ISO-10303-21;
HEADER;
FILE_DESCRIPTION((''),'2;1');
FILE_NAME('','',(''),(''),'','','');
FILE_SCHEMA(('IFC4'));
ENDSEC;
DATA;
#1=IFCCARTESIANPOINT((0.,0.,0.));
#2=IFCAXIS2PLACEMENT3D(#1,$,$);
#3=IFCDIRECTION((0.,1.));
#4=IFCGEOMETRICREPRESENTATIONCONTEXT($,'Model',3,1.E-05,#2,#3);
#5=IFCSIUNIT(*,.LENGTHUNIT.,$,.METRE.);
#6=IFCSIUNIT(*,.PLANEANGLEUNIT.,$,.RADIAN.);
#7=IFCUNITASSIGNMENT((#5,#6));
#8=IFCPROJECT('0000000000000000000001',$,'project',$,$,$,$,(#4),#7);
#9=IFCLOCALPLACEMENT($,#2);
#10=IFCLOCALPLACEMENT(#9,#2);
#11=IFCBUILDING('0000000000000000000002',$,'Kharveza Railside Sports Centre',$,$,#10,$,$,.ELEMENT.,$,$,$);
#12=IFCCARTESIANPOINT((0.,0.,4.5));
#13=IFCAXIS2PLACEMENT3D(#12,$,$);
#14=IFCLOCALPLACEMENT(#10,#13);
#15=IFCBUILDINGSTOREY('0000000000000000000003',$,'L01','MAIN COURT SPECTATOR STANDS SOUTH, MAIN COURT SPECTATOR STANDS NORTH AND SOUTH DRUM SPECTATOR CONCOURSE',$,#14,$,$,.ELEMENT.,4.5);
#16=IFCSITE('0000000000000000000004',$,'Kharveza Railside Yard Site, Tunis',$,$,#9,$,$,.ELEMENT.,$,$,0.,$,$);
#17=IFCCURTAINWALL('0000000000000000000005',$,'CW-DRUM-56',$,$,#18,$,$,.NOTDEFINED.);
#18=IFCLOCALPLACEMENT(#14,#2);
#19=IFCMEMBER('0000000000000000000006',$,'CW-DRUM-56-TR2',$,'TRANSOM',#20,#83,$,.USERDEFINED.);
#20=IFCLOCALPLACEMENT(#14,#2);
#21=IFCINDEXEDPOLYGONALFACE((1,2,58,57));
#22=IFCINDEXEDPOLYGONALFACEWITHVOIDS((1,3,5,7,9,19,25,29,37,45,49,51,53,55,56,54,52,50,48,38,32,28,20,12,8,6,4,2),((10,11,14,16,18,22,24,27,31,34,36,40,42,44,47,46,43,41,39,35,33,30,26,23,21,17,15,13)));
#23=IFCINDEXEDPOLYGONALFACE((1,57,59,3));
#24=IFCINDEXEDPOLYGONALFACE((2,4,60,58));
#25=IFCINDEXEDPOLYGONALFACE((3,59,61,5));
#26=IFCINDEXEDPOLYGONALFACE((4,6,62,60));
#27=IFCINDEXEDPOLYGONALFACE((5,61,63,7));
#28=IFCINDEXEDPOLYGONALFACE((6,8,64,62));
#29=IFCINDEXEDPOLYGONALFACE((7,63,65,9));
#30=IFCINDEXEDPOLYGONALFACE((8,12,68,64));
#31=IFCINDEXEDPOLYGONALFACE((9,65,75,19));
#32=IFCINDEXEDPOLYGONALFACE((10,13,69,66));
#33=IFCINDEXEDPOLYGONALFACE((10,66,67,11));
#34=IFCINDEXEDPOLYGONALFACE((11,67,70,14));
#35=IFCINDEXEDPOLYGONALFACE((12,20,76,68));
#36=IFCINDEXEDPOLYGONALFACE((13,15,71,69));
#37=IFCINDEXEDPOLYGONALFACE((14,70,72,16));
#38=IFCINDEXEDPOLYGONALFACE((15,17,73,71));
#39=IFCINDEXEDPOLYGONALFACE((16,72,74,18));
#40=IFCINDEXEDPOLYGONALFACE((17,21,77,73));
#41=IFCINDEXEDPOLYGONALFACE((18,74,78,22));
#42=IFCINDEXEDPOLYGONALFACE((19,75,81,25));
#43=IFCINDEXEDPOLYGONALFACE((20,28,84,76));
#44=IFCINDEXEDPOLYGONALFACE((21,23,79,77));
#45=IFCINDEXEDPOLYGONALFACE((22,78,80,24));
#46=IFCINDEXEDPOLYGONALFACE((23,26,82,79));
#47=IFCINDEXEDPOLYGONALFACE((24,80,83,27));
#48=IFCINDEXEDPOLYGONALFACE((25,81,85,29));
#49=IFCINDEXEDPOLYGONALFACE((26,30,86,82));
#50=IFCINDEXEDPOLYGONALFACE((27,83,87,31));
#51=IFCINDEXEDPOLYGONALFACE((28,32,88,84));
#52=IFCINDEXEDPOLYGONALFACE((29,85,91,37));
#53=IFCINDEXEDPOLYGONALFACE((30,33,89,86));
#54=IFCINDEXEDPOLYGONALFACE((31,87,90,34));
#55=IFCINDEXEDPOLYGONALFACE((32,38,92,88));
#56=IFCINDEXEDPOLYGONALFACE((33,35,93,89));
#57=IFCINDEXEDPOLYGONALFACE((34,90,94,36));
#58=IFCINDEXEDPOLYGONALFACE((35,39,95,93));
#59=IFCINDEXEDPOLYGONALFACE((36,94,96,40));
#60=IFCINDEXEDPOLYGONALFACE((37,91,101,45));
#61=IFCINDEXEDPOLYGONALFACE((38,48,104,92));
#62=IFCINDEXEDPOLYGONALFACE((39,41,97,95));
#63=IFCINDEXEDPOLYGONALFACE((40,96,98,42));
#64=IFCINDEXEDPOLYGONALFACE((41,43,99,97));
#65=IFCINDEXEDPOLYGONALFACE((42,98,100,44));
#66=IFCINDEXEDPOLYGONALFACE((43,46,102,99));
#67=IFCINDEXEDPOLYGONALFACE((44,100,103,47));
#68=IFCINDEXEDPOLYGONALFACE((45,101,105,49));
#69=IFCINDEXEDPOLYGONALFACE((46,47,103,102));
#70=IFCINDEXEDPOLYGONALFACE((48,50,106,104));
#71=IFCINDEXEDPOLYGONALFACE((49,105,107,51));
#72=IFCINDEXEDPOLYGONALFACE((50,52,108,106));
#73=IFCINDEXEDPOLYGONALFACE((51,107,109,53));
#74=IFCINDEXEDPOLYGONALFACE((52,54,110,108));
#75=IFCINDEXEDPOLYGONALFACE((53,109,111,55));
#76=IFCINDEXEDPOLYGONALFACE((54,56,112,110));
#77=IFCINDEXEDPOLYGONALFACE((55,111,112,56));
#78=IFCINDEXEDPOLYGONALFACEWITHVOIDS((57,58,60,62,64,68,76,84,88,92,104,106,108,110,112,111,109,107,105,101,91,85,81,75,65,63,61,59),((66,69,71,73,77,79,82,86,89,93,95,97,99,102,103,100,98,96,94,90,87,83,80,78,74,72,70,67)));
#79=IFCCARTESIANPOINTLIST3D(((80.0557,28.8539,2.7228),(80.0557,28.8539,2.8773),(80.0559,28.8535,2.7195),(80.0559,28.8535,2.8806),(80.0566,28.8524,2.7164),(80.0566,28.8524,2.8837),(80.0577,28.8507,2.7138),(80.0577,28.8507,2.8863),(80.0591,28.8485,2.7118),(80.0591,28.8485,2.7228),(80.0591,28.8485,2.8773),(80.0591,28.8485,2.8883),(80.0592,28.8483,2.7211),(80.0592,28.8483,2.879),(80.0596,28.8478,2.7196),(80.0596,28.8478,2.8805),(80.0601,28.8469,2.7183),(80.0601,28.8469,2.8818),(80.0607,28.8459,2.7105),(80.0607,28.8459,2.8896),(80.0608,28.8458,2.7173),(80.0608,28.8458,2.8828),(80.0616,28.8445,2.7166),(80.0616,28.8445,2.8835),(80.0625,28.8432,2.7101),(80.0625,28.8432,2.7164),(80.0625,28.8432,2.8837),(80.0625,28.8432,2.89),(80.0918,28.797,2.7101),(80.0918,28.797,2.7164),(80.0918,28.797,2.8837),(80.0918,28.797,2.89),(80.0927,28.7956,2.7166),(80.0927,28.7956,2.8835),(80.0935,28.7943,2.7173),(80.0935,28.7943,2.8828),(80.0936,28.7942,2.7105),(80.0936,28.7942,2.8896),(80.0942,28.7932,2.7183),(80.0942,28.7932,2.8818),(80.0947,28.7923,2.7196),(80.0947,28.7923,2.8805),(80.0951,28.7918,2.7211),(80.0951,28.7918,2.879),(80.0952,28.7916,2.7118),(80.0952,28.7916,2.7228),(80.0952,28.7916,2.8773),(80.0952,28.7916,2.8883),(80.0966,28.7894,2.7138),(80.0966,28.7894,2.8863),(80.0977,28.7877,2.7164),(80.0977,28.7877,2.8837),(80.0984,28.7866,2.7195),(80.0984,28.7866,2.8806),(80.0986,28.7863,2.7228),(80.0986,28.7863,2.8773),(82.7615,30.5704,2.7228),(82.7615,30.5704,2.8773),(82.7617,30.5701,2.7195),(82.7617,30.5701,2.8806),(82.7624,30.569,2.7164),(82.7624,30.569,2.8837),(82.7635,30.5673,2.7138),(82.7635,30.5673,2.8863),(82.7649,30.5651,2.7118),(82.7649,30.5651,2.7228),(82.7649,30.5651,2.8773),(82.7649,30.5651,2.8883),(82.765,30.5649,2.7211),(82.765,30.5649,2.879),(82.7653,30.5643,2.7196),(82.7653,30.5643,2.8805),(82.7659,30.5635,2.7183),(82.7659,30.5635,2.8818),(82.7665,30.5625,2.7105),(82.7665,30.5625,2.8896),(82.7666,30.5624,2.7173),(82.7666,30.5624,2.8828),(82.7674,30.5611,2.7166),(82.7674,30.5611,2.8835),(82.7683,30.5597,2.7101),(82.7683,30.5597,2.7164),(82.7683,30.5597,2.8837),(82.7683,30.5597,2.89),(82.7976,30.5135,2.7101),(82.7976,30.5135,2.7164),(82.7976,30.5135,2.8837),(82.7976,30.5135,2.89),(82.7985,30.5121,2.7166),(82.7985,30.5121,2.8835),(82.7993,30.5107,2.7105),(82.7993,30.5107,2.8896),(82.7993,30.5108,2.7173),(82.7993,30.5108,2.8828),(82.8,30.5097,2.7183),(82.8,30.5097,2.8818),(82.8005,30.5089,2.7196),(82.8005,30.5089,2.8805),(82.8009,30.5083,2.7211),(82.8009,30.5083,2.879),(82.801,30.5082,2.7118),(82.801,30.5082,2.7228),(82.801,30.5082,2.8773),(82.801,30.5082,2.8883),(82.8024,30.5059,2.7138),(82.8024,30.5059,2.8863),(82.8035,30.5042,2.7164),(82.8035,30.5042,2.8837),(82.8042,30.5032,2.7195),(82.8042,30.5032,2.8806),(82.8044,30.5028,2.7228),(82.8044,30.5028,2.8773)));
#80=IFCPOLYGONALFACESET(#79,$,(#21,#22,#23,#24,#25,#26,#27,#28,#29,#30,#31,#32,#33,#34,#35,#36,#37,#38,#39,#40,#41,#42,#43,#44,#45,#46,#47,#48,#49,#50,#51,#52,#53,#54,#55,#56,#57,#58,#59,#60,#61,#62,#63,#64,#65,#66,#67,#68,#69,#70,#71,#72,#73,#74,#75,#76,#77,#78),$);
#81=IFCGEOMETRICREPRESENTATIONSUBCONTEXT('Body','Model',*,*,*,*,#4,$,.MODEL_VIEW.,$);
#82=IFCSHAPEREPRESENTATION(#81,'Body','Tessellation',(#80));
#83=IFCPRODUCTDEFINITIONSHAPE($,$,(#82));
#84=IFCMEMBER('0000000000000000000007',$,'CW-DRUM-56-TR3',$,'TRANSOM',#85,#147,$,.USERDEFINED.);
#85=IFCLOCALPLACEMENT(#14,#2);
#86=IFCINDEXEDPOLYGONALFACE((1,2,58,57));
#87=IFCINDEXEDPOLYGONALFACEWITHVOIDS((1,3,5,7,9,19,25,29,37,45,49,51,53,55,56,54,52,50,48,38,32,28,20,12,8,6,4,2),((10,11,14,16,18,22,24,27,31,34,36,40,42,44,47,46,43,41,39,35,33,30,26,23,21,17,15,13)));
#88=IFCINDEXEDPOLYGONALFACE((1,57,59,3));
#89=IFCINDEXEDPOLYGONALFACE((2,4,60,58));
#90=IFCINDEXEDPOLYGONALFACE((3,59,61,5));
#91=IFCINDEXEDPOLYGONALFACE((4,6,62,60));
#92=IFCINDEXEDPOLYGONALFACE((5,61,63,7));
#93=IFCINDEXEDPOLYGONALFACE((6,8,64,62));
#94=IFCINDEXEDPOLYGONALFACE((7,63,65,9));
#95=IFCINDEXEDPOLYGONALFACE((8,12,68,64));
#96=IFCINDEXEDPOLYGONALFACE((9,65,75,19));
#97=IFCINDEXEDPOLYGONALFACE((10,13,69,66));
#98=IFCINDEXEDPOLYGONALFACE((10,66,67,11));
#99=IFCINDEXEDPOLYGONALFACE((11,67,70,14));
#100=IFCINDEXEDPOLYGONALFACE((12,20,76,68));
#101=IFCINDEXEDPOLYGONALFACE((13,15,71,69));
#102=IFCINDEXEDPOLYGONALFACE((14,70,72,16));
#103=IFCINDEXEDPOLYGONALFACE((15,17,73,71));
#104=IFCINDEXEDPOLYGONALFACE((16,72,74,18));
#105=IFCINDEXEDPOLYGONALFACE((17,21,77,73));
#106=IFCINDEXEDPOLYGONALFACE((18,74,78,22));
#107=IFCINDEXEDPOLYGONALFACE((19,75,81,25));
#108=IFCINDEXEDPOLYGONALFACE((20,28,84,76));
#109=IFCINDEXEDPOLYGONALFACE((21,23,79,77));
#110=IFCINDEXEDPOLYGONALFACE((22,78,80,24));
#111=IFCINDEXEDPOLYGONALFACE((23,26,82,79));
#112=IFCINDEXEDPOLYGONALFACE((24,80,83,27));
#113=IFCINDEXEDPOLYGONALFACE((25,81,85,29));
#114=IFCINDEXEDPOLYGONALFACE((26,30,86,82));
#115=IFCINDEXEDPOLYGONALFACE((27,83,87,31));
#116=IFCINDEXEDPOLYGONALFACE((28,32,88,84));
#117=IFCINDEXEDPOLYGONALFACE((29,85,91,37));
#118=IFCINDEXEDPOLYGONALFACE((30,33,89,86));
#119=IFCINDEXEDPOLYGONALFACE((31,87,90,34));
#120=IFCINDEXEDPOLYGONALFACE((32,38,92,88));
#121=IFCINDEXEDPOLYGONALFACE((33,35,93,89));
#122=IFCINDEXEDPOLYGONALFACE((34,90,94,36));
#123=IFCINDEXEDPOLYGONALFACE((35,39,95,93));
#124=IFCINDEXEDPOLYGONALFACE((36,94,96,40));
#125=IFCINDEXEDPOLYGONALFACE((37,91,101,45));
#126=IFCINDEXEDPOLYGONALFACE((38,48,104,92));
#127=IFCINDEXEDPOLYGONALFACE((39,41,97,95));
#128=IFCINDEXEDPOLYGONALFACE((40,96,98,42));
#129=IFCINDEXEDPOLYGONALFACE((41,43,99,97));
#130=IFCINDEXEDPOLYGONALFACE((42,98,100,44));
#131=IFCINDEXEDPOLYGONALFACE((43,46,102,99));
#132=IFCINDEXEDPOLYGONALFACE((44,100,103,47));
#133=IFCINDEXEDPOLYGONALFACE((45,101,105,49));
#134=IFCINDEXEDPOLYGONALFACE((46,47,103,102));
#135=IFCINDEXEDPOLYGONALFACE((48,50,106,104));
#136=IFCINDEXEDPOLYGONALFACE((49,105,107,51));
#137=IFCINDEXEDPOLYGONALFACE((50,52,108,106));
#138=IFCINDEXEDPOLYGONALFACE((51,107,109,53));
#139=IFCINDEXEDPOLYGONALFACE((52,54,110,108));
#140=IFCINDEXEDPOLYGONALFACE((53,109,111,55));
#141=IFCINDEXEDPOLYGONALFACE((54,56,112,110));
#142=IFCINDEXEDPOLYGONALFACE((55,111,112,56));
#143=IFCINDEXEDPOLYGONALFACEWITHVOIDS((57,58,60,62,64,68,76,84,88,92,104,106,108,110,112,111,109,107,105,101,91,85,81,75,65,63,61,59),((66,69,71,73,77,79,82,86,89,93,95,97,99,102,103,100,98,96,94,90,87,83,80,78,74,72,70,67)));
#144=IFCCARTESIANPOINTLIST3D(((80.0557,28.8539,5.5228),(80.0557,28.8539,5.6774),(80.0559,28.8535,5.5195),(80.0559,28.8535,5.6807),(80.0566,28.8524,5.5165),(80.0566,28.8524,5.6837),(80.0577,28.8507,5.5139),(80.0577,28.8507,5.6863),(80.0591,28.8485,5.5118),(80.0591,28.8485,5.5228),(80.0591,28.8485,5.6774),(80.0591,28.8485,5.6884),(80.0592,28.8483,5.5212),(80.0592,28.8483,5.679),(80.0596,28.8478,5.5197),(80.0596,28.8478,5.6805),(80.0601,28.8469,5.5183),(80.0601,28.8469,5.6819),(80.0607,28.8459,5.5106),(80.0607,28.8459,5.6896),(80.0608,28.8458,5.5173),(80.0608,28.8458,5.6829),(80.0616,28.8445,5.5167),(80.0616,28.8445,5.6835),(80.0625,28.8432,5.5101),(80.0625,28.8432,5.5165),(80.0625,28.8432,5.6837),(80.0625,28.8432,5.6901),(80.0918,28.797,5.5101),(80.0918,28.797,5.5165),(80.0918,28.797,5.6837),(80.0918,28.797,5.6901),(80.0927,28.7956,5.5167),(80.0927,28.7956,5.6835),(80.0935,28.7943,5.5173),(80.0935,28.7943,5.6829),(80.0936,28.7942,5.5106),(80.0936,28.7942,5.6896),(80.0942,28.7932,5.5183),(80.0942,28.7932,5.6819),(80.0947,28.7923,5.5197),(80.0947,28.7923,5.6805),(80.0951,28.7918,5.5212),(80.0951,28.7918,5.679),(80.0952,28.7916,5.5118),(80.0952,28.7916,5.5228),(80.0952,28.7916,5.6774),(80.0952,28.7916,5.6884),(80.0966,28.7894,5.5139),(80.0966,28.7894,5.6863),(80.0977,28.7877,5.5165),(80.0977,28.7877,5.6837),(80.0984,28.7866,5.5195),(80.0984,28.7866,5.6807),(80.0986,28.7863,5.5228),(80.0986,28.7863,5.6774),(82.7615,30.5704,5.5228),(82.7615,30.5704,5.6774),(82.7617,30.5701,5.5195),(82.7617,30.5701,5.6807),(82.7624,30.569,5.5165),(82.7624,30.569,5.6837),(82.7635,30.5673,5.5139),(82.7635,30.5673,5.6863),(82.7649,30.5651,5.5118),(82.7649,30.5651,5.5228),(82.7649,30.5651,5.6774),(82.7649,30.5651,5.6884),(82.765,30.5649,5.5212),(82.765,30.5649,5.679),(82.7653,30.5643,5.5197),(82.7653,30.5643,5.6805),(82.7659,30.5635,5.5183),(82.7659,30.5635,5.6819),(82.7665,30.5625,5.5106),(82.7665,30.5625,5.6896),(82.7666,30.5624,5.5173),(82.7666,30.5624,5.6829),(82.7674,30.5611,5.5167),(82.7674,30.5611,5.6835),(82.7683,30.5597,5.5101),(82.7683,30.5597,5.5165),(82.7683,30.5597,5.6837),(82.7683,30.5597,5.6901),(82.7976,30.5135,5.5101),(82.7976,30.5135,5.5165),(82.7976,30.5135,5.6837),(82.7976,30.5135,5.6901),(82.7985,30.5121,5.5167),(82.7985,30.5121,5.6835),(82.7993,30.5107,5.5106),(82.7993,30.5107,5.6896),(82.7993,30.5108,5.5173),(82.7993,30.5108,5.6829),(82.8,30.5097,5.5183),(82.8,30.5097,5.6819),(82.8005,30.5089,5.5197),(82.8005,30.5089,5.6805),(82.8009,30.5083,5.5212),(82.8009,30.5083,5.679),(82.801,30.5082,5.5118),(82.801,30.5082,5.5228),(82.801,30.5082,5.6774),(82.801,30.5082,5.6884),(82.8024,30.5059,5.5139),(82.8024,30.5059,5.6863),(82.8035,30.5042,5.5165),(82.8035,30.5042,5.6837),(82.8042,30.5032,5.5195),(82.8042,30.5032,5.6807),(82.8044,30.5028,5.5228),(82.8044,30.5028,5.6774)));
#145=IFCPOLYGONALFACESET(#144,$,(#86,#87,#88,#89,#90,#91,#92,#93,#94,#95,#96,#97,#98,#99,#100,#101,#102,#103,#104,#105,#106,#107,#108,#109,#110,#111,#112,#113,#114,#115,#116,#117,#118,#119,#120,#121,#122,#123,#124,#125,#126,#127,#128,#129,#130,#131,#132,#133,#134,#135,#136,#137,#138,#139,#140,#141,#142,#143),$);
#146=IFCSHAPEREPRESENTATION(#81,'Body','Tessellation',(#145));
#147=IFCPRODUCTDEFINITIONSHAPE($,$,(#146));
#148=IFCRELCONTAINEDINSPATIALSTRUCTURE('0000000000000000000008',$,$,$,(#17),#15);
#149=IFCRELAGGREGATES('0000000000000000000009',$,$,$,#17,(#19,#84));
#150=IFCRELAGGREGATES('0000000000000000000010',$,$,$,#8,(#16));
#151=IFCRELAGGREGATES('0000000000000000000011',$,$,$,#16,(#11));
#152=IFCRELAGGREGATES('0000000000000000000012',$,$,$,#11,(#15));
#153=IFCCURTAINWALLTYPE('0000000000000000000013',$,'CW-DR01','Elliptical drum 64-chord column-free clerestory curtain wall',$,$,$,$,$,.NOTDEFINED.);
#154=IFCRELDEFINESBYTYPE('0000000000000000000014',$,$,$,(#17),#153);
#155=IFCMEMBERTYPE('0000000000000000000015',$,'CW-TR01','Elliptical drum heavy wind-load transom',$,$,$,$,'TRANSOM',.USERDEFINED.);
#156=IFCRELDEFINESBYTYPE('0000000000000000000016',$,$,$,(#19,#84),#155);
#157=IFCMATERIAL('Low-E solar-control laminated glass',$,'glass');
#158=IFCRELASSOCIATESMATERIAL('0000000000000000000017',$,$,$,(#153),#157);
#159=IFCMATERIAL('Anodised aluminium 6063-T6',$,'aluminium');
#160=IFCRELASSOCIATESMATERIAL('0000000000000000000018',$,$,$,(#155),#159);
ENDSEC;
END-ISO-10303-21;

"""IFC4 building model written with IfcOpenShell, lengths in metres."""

from ifc_helpers import new_model, si_unit, direction, frame, origin, origin_2d, place, context, subcontext, project, spatial, hollow_rectangle, extrude, material, material_profile, profile_set, type_object, element, aggregate, save


model = new_model("IFC4")

# Units and contexts
model_context = context("Model", 3, precision=1e-05, world=origin(), true_north=direction((0.0, 1.0)))
body_context = subcontext(model_context, "Body", "Model", "MODEL_VIEW")
ifc_project = project(units=[si_unit("LENGTHUNIT", "METRE"), si_unit("PLANEANGLEUNIT", "RADIAN")], contexts=[model_context])

# Site, building, storey
site_placement = place(None, origin())
site = spatial("IfcSite", under=ifc_project, at=site_placement, Name="Kharveza Railside Yard Site, Tunis", CompositionType="ELEMENT", RefElevation=0.0)
building_placement = place(site_placement, origin())
building = spatial("IfcBuilding", under=site, at=building_placement, Name="Kharveza Railside Sports Centre", CompositionType="ELEMENT")
storey_placement = place(building_placement, frame((0.0, 0.0, 4.5)))
storey = spatial("IfcBuildingStorey", under=building, at=storey_placement, Name="L01", Description="MAIN COURT SPECTATOR STANDS SOUTH, MAIN COURT SPECTATOR STANDS NORTH AND SOUTH DRUM SPECTATOR CONCOURSE", CompositionType="ELEMENT", Elevation=4.5)

# Shared definitions
ifc_material_1 = material(Name="Low-E solar-control laminated glass", Category="glass")
curtain_wall_type = type_object("IfcCurtainWallType", Name="CW-DR01", Description="Elliptical drum 64-chord column-free clerestory curtain wall", PredefinedType="NOTDEFINED", material=ifc_material_1)
ifc_material_2 = material(Name="Anodised aluminium 6063-T6", Category="aluminium")

# Curtain wall
curtain_wall_1_placement = place(storey_placement, origin())
curtain_wall_1 = element("IfcCurtainWall", 1, at=curtain_wall_1_placement, inside=storey, type_object=curtain_wall_type, Name="CW-DRUM-56", PredefinedType="NOTDEFINED")

# Members
ifc_material_profile_1 = material_profile(ifc_material_2, hollow_rectangle(XDim=0.0801, YDim=0.1799, WallThickness=0.0063, InnerFilletRadius=0.0063, OuterFilletRadius=0.0127, at=origin_2d()), Name="RHS 80x180x6.3")
ifc_profile_set_1 = profile_set([ifc_material_profile_1], Name="Anodised aluminium 6063-T6")
member_type_1 = type_object("IfcMemberType", Name="CW-TR01", Description="Elliptical drum heavy wind-load transom", ElementType="TRANSOM", PredefinedType="USERDEFINED", material=ifc_profile_set_1)
member_1_placement = place(storey_placement, frame((80.0771, 28.8201, 2.8), z_axis=(0.844414, 0.535692, 0.0), x_axis=(-0.535692, 0.844414, 0.0)))
member_1 = element("IfcMember", 2, at=member_1_placement, type_object=member_type_1, Name="CW-DRUM-56-TR2", ObjectType="TRANSOM", PredefinedType="USERDEFINED", context=body_context, shape_type="SweptSolid", body=[
    extrude(hollow_rectangle(XDim=0.0801, YDim=0.1799, WallThickness=0.0063, InnerFilletRadius=0.0063, OuterFilletRadius=0.0127, at=origin_2d()), origin(), (0.0, 0.0, 1.0), 3.2043),
])
member_2_placement = place(storey_placement, frame((80.0771, 28.8201, 5.6001), z_axis=(0.844414, 0.535692, 0.0), x_axis=(-0.535692, 0.844414, 0.0)))
member_2 = element("IfcMember", 3, at=member_2_placement, type_object=member_type_1, Name="CW-DRUM-56-TR3", ObjectType="TRANSOM", PredefinedType="USERDEFINED", context=body_context, shape_type="SweptSolid", body=[
    extrude(hollow_rectangle(XDim=0.0801, YDim=0.1799, WallThickness=0.0063, InnerFilletRadius=0.0063, OuterFilletRadius=0.0127, at=origin_2d()), origin(), (0.0, 0.0, 1.0), 3.2043),
])
aggregate(curtain_wall_1, [member_1, member_2])

save(model, "model.ifc")
